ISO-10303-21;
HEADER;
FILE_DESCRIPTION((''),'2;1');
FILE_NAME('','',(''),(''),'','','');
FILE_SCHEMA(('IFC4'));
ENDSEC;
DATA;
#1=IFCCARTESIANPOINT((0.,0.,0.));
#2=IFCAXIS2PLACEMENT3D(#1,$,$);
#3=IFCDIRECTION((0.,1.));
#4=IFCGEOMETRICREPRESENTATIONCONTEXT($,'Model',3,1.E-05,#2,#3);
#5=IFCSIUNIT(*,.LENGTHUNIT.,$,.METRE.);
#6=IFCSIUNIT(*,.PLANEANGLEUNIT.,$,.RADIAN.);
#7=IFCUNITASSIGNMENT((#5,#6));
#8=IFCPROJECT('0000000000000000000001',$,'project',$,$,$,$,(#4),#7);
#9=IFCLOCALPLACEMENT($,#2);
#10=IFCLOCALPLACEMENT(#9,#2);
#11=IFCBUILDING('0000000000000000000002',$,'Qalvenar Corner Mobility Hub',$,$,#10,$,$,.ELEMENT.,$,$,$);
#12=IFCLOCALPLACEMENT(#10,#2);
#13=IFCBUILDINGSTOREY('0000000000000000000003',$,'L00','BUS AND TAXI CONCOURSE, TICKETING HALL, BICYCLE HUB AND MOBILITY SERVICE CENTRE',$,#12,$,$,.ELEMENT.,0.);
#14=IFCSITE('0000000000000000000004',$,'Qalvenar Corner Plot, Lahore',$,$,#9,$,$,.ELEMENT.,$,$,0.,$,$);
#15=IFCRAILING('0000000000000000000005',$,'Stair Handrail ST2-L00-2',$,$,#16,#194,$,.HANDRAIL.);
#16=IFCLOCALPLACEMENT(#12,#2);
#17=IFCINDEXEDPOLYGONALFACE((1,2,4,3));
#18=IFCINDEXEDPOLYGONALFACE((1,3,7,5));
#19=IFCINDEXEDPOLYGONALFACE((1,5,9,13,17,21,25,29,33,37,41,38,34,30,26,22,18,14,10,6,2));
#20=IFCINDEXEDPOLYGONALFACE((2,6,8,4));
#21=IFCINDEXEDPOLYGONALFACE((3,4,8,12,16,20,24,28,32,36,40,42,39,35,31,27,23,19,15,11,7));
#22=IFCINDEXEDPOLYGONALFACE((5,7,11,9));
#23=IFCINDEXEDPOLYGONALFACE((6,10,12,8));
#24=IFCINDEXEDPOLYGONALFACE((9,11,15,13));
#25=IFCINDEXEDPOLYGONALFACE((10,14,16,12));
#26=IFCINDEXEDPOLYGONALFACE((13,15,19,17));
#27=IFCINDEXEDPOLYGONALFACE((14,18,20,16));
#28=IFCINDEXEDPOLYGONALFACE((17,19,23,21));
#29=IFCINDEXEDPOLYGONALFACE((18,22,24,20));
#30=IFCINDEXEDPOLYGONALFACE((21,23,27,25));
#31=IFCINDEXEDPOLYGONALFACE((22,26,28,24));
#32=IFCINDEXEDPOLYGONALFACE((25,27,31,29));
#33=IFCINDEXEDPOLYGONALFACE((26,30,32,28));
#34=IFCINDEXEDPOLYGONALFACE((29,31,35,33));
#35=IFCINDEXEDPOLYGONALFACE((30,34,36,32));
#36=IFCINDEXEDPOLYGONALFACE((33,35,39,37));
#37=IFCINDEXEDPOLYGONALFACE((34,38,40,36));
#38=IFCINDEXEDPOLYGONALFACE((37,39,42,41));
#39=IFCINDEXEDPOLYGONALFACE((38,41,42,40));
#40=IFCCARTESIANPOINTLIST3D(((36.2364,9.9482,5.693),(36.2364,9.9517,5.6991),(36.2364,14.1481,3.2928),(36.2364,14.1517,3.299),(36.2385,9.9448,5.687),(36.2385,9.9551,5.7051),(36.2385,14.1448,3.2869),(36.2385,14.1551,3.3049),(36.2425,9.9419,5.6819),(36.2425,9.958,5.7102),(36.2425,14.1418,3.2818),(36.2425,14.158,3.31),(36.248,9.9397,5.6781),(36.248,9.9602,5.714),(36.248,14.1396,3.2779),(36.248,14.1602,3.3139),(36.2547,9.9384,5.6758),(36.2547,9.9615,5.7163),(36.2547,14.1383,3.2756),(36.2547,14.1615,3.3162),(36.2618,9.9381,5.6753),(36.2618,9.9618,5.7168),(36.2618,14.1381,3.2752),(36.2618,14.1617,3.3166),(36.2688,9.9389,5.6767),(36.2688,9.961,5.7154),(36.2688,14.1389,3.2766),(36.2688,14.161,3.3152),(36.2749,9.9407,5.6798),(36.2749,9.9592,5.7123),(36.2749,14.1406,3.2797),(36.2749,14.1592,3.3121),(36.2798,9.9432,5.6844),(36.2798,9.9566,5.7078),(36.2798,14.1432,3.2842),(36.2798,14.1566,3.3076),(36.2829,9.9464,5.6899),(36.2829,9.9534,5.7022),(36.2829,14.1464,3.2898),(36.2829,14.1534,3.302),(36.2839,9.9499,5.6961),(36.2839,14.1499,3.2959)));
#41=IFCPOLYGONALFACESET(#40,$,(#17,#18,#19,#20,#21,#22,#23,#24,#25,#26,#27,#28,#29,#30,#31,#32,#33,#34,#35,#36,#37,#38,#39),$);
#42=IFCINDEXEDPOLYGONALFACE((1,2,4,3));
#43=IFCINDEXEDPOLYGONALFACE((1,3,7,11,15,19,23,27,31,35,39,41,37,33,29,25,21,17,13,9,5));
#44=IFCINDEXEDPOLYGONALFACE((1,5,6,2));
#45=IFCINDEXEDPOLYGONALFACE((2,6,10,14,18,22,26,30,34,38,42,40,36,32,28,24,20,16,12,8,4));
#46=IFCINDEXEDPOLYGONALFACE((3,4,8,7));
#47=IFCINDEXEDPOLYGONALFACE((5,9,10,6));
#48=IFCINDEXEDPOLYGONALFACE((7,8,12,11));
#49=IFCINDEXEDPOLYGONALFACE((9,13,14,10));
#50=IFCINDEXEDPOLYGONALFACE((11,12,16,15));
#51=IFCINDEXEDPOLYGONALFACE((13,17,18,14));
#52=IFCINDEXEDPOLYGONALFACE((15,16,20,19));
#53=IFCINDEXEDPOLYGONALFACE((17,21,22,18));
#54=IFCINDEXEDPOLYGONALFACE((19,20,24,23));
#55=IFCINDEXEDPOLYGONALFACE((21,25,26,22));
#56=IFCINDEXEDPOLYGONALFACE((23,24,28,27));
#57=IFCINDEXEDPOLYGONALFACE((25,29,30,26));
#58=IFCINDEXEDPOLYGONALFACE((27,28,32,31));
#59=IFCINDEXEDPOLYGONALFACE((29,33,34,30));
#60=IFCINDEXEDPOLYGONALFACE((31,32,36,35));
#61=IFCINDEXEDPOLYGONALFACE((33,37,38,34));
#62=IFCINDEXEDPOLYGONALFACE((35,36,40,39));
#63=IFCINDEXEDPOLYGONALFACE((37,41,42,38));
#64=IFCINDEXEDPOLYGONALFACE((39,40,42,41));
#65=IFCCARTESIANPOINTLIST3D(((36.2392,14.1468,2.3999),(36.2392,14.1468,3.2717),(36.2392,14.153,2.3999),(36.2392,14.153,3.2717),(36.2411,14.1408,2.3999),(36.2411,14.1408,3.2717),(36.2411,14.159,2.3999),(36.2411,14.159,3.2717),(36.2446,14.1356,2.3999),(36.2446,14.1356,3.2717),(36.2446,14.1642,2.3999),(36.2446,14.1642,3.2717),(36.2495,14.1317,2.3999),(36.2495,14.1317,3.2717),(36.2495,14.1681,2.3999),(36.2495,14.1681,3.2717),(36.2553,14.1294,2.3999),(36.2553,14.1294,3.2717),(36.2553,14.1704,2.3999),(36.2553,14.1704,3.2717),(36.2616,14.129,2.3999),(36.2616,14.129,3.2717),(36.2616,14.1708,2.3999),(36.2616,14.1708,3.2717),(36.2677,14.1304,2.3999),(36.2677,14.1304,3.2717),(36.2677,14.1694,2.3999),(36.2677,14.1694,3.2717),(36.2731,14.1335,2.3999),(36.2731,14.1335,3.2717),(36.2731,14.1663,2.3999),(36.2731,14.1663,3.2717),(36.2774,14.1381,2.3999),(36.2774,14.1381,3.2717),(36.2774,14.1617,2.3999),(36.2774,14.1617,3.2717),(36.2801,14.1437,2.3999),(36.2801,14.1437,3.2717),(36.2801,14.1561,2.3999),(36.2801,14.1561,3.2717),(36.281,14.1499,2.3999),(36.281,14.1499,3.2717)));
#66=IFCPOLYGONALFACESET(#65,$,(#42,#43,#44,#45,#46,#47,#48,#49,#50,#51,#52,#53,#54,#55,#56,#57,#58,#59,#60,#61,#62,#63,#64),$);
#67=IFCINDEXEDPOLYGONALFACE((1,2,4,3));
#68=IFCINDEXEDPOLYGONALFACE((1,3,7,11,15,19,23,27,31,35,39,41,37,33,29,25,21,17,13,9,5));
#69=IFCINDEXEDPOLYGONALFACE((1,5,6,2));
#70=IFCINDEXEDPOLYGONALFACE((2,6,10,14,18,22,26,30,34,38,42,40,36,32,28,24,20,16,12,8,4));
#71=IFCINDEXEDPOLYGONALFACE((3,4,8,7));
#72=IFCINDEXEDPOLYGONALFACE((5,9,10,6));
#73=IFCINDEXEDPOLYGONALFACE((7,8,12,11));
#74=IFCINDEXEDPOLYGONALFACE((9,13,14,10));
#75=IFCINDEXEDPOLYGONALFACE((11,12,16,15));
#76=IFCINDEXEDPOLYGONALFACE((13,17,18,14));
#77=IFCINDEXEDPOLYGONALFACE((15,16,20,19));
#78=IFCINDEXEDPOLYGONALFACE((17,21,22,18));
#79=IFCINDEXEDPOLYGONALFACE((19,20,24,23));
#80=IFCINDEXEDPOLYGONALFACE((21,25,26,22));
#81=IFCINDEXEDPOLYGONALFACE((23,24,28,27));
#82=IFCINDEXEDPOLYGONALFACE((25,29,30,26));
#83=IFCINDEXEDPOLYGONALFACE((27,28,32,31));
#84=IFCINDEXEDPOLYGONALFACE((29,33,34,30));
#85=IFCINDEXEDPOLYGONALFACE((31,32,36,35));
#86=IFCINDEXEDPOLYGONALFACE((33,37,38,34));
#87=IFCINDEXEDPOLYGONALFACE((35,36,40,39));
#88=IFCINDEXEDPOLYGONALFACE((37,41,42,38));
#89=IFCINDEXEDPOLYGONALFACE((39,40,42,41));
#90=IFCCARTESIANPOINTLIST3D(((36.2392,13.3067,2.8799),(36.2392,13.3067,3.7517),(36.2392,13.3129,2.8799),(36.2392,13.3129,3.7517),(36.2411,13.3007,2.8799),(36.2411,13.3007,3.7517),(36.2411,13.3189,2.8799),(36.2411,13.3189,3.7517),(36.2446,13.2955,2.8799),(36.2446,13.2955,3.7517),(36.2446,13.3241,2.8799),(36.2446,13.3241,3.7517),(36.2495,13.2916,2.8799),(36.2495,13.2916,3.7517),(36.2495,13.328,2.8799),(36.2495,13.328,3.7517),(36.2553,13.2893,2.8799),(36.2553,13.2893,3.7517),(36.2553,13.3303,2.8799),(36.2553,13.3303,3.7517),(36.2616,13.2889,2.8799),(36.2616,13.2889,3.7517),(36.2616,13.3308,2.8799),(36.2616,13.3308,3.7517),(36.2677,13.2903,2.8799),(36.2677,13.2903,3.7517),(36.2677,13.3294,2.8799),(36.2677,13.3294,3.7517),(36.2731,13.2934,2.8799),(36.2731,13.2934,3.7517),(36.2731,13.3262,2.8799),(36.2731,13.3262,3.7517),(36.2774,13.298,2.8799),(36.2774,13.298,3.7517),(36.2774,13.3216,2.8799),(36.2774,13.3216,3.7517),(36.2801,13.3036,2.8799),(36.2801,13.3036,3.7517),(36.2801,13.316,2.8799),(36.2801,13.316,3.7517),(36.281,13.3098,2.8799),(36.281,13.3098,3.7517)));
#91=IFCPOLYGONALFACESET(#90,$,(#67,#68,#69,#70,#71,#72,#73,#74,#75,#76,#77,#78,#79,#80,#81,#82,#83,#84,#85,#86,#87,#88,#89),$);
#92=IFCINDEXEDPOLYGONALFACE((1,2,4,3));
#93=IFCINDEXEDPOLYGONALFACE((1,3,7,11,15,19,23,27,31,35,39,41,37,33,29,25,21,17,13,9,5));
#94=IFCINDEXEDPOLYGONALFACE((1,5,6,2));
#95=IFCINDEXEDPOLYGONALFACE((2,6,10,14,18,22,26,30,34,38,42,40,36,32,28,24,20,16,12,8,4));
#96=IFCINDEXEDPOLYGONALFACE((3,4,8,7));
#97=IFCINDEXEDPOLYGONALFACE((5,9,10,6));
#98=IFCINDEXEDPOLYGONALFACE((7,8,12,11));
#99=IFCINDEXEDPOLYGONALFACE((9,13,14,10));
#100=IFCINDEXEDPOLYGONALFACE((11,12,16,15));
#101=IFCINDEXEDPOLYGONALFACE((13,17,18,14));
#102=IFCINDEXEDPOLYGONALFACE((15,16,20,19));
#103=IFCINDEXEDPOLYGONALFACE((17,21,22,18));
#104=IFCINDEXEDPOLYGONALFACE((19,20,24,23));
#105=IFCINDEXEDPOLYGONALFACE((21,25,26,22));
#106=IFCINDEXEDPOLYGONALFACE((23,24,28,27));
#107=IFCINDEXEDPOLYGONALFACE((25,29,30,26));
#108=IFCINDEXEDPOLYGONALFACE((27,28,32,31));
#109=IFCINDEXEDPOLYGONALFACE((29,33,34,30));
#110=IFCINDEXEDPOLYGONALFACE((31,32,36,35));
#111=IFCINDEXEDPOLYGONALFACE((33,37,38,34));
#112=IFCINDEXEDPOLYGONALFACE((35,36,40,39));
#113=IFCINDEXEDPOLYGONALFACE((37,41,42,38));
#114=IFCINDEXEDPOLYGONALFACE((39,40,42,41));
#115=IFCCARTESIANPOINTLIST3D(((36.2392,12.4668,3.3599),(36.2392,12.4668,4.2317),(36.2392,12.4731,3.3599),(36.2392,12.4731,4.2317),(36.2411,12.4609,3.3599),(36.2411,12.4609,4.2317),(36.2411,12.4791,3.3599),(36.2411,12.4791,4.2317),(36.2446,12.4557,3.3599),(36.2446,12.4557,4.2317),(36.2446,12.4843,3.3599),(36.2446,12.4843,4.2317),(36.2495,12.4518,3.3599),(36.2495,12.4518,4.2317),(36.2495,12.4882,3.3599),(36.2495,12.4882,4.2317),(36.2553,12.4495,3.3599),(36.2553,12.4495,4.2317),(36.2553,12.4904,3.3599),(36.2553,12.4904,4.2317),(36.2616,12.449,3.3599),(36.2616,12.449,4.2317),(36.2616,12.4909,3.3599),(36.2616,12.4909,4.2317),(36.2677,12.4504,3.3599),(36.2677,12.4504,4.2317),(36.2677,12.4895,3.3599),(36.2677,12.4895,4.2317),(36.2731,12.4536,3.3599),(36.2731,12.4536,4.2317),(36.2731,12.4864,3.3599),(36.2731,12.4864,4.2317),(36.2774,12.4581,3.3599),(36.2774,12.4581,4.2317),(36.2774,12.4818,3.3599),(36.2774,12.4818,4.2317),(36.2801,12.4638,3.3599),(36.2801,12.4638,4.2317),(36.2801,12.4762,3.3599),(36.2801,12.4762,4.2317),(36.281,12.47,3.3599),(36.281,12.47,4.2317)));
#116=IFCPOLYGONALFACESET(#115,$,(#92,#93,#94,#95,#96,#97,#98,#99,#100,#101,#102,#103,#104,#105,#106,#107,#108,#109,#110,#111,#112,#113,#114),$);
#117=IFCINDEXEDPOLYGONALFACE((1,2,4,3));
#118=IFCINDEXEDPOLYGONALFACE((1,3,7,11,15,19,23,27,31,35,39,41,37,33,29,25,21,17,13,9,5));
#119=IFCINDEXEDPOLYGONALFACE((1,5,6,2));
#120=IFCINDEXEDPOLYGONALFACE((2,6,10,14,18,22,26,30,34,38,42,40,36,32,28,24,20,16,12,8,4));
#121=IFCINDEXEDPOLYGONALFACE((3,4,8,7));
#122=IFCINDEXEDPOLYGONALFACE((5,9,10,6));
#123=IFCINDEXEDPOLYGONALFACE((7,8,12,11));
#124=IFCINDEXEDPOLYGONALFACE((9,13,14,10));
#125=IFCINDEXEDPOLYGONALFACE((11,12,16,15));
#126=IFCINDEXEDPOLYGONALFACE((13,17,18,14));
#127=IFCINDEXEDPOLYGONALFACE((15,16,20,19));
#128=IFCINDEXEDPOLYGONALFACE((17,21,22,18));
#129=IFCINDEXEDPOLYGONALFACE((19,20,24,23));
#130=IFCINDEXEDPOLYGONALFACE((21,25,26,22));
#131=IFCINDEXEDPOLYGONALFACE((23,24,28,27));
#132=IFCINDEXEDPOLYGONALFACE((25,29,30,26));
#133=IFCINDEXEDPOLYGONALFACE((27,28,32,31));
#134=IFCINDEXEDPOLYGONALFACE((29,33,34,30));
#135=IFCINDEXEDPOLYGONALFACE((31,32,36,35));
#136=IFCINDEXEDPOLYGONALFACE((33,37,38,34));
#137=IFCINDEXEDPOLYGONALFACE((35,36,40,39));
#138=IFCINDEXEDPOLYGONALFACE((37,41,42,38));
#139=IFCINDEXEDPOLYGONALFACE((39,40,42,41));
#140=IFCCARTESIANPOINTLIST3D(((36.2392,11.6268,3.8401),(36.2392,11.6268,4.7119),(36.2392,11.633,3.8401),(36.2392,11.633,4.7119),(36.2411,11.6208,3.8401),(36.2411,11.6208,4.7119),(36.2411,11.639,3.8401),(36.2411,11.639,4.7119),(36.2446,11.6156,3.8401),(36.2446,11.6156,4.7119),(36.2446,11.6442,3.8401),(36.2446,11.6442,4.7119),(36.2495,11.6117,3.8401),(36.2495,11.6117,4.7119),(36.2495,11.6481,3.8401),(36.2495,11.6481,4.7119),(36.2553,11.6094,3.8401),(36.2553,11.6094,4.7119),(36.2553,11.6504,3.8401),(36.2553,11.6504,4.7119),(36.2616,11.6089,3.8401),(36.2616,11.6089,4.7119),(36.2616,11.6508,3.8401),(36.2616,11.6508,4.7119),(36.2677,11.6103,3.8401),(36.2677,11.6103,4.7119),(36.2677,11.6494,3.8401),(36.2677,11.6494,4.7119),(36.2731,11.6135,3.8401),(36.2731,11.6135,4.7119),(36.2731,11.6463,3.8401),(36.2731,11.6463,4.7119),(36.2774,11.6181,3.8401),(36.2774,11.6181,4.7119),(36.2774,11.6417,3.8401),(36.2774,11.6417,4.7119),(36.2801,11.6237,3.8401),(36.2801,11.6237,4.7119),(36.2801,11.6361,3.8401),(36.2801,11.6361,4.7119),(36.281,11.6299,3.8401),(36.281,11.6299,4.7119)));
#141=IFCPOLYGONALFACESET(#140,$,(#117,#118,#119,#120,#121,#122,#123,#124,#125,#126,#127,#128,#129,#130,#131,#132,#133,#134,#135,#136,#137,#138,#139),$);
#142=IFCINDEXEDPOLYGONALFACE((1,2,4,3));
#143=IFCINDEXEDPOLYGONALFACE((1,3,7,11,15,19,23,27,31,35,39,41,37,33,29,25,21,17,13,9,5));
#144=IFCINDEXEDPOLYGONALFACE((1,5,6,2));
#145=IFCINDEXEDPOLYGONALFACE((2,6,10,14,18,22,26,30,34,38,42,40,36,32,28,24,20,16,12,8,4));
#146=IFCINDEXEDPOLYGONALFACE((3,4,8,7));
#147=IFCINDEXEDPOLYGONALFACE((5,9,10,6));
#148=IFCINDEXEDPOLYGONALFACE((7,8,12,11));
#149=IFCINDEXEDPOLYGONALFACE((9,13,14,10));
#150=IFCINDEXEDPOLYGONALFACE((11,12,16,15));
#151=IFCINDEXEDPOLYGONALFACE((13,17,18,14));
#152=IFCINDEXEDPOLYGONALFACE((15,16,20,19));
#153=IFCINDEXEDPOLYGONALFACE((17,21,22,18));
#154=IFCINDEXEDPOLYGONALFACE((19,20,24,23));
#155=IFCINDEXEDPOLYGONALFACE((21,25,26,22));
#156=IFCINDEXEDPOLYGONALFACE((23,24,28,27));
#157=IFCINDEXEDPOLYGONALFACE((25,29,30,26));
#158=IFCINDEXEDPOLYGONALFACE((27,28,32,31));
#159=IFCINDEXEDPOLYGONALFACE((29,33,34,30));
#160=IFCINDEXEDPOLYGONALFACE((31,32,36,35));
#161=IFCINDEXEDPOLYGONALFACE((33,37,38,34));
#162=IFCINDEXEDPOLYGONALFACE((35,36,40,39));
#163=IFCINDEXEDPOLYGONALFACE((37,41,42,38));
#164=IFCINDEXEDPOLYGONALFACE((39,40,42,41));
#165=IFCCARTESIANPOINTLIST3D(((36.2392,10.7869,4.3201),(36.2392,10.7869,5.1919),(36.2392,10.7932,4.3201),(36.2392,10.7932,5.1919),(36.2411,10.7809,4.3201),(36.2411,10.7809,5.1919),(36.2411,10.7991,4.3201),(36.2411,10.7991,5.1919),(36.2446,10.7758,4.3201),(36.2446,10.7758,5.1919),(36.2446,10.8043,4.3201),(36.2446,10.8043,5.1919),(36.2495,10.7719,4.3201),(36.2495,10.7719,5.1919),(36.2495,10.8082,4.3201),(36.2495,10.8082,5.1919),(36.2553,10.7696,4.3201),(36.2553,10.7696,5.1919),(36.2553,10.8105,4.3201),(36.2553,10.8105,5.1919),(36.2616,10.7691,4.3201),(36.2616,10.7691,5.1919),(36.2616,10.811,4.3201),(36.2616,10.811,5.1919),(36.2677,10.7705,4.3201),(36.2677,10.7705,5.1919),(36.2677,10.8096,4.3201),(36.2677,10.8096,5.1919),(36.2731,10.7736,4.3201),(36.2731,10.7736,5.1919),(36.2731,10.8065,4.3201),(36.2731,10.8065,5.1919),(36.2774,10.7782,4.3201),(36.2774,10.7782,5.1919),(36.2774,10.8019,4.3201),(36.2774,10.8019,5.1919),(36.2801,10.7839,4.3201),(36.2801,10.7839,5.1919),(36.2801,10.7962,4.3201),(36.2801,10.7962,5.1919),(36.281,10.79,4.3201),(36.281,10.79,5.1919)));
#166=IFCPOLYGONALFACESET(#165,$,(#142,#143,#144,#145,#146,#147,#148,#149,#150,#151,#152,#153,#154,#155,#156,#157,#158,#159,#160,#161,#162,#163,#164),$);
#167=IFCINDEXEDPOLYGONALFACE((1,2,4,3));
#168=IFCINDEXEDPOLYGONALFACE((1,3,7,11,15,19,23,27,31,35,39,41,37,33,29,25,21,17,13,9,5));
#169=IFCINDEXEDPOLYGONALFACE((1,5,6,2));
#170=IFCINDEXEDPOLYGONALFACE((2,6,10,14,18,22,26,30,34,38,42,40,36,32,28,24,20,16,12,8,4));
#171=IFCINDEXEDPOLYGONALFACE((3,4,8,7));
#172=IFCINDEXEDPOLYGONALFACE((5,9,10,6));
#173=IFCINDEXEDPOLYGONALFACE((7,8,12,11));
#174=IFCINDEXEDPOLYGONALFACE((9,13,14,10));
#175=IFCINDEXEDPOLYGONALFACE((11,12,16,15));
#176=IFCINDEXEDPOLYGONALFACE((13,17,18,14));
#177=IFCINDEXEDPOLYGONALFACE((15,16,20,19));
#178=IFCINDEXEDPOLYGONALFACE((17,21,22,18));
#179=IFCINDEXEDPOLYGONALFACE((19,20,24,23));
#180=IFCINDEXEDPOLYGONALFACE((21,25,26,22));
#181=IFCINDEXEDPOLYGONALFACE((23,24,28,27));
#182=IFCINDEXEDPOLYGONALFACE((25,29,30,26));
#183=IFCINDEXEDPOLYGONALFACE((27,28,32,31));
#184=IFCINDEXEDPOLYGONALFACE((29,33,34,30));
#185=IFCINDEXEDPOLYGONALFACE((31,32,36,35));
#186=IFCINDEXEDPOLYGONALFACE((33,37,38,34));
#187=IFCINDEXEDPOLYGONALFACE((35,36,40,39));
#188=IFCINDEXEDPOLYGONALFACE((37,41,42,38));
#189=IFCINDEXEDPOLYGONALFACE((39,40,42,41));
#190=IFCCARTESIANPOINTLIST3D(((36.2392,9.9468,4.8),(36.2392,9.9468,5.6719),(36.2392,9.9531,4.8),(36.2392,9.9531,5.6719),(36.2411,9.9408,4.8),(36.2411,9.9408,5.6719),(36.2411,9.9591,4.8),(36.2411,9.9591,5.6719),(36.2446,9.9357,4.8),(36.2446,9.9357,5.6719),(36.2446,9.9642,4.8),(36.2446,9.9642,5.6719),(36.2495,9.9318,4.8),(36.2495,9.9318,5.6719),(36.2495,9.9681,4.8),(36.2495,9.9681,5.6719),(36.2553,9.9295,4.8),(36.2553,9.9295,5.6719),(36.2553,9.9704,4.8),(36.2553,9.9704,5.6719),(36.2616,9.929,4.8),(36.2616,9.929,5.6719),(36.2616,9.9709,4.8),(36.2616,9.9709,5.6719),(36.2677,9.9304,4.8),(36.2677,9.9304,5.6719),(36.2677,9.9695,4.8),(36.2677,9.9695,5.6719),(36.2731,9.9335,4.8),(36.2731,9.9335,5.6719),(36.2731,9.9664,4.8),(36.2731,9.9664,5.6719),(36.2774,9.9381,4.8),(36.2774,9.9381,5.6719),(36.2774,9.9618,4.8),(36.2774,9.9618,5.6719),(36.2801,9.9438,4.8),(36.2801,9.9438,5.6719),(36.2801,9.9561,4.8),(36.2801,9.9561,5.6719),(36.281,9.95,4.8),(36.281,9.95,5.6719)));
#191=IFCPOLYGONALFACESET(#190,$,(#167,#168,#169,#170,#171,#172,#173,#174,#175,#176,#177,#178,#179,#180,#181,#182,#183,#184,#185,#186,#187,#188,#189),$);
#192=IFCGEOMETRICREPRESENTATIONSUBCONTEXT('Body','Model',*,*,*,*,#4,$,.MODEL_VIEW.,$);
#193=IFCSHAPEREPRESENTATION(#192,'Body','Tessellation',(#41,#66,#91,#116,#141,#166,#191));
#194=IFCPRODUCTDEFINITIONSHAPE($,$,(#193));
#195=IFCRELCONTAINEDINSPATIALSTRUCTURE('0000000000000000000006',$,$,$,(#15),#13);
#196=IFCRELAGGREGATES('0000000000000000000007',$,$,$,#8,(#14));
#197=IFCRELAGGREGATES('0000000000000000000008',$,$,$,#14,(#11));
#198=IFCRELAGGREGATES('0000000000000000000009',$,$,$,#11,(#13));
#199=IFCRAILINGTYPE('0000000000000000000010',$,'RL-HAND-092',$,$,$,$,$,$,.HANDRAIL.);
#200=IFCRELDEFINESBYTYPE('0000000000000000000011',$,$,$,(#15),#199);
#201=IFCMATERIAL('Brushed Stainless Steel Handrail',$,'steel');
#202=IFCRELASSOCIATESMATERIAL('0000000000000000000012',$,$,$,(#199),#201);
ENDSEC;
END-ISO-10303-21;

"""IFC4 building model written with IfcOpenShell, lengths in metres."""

from ifc_helpers import new_model, si_unit, direction, frame, origin, origin_2d, place, context, subcontext, project, spatial, circle, extrude, material, type_object, element, save


model = new_model("IFC4")

# Units and contexts
model_context = context("Model", 3, precision=1e-05, world=origin(), true_north=direction((0.0, 1.0)))
body_context = subcontext(model_context, "Body", "Model", "MODEL_VIEW")
ifc_project = project(units=[si_unit("LENGTHUNIT", "METRE"), si_unit("PLANEANGLEUNIT", "RADIAN")], contexts=[model_context])

# Site, building, storey
site_placement = place(None, origin())
site = spatial("IfcSite", under=ifc_project, at=site_placement, Name="Qalvenar Corner Plot, Lahore", CompositionType="ELEMENT", RefElevation=0.0)
building_placement = place(site_placement, origin())
building = spatial("IfcBuilding", under=site, at=building_placement, Name="Qalvenar Corner Mobility Hub", CompositionType="ELEMENT")
storey_placement = place(building_placement, origin())
storey = spatial("IfcBuildingStorey", under=building, at=storey_placement, Name="L00", Description="BUS AND TAXI CONCOURSE, TICKETING HALL, BICYCLE HUB AND MOBILITY SERVICE CENTRE", CompositionType="ELEMENT", Elevation=0.0)

# Railing
ifc_material_1 = material(Name="Brushed Stainless Steel Handrail", Category="steel")
railing_type_1 = type_object("IfcRailingType", Name="RL-HAND-092", PredefinedType="HANDRAIL", material=ifc_material_1)
railing_1_placement = place(storey_placement, frame((36.26, 14.1499, 2.3999)))
element("IfcRailing", 1, at=railing_1_placement, inside=storey, type_object=railing_type_1, Name="Stair Handrail ST2-L00-2", PredefinedType="HANDRAIL", context=body_context, shape_type="SweptSolid", body=[
    extrude(circle(Radius=0.0239, at=origin_2d()), frame((0.0, 0.0, 0.896), z_axis=(0.0, -0.868228, 0.496166), x_axis=(1.0, 0.0, 0.0)), (0.0, 0.0, 1.0), 4.8374),
    extrude(circle(Radius=0.021, at=origin_2d()), origin(), (0.0, 0.0, 1.0), 0.8718),
    extrude(circle(Radius=0.021, at=origin_2d()), frame((0.0, -0.8401, 0.48)), (0.0, 0.0, 1.0), 0.8718),
    extrude(circle(Radius=0.021, at=origin_2d()), frame((0.0, -1.6799, 0.96)), (0.0, 0.0, 1.0), 0.8718),
    extrude(circle(Radius=0.021, at=origin_2d()), frame((0.0, -2.52, 1.4402)), (0.0, 0.0, 1.0), 0.8718),
    extrude(circle(Radius=0.021, at=origin_2d()), frame((0.0, -3.3599, 1.9202)), (0.0, 0.0, 1.0), 0.8718),
    extrude(circle(Radius=0.021, at=origin_2d()), frame((0.0, -4.2, 2.4001)), (0.0, 0.0, 1.0), 0.8718),
])

save(model, "model.ifc")
